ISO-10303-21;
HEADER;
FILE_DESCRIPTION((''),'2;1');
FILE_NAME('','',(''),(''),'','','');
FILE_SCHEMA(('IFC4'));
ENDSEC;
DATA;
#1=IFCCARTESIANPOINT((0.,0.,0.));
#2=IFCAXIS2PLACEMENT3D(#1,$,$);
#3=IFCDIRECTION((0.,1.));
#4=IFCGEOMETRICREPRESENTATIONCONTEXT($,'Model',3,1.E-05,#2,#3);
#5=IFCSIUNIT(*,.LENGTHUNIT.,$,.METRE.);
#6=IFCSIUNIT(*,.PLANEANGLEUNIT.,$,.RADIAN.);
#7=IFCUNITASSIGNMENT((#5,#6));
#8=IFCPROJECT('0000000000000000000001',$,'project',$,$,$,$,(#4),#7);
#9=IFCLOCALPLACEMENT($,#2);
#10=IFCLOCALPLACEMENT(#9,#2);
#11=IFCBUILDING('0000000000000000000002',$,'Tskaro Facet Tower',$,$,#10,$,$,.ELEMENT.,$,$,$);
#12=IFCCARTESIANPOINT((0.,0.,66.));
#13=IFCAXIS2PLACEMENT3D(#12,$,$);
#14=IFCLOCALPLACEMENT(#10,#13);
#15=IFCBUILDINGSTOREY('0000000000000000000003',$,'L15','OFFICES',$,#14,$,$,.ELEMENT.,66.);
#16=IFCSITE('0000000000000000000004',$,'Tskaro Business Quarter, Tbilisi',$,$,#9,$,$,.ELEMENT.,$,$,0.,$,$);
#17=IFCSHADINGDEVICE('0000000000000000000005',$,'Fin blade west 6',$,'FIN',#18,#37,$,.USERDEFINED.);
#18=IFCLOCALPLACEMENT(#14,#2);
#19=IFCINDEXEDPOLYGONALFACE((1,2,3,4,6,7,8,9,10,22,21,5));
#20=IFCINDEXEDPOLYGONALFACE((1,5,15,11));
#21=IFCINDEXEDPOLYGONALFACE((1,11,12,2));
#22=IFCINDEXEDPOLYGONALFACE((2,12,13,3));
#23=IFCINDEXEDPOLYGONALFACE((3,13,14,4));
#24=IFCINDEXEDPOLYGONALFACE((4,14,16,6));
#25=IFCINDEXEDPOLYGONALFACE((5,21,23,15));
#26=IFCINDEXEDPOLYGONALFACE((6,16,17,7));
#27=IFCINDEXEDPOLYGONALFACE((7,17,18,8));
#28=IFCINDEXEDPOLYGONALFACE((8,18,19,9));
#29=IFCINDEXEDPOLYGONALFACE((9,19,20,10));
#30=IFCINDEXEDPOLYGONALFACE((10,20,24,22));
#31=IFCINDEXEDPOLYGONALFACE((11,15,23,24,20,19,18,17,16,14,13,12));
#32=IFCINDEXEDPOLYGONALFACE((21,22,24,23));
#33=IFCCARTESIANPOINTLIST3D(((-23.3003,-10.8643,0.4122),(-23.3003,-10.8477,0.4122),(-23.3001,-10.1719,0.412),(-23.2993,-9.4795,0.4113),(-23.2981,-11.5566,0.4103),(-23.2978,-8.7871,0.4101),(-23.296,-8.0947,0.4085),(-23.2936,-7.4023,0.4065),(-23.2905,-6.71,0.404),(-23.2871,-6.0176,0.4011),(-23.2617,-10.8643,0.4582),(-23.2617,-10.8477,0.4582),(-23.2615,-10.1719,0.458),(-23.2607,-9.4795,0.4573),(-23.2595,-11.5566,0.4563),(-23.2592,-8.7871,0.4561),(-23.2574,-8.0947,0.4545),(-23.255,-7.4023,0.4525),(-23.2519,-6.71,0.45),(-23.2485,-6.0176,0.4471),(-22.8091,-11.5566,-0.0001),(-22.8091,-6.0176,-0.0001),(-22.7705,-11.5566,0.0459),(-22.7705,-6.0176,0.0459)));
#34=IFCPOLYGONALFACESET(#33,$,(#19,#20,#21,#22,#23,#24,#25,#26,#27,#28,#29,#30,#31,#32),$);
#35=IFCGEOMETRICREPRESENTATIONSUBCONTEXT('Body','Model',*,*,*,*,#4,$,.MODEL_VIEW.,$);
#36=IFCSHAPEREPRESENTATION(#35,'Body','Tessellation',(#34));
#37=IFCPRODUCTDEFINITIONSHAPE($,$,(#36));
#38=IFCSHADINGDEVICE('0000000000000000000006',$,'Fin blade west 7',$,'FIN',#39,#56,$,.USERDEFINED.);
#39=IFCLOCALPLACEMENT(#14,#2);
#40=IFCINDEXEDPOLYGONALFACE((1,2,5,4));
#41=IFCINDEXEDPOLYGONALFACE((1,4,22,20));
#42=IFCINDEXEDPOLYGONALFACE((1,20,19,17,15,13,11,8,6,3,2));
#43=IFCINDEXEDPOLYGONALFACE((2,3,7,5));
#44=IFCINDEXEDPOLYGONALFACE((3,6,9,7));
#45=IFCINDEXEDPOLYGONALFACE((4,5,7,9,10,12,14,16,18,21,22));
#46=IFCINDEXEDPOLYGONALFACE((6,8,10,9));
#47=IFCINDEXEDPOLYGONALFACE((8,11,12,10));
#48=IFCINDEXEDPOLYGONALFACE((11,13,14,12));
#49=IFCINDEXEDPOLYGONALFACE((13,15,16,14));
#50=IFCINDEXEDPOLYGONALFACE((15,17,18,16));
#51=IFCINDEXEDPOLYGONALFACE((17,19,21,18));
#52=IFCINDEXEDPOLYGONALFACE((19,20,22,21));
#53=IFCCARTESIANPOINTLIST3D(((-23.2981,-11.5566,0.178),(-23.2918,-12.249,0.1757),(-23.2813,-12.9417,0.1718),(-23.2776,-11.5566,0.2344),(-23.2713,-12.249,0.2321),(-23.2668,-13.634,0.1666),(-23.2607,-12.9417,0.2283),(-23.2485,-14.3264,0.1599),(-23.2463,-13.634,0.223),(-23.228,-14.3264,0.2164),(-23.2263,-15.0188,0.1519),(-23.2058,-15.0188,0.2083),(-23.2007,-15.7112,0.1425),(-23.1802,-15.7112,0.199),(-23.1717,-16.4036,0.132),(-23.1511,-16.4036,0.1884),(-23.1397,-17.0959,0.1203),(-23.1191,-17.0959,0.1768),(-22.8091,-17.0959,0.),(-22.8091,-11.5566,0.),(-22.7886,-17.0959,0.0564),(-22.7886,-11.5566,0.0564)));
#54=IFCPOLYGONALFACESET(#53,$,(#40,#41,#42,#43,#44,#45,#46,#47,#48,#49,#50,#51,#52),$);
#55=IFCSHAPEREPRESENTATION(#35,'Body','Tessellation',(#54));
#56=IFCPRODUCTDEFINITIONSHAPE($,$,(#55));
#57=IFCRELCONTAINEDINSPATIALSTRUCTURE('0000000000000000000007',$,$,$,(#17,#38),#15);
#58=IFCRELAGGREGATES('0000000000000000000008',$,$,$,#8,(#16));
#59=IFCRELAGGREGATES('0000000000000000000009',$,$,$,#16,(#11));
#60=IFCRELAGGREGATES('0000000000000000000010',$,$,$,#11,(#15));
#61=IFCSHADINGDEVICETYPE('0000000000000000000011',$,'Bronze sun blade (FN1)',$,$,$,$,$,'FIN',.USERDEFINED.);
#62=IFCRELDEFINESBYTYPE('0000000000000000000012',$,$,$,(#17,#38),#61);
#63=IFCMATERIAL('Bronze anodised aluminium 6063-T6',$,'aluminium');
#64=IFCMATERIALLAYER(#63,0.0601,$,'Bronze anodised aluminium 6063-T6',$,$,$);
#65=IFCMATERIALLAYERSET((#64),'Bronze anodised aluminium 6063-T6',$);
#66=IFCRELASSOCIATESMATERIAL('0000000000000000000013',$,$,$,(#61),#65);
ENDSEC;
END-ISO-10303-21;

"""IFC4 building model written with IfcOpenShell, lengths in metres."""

from ifc_helpers import new_model, si_unit, direction, frame, origin, place, context, subcontext, project, spatial, polyline, outline, extrude, material, layer, layer_set, type_object, element, save


model = new_model("IFC4")

# Units and contexts
model_context = context("Model", 3, precision=1e-05, world=origin(), true_north=direction((0.0, 1.0)))
body_context = subcontext(model_context, "Body", "Model", "MODEL_VIEW")
ifc_project = project(units=[si_unit("LENGTHUNIT", "METRE"), si_unit("PLANEANGLEUNIT", "RADIAN")], contexts=[model_context])

# Site, building, storey
site_placement = place(None, origin())
site = spatial("IfcSite", under=ifc_project, at=site_placement, Name="Tskaro Business Quarter, Tbilisi", CompositionType="ELEMENT", RefElevation=0.0)
building_placement = place(site_placement, origin())
building = spatial("IfcBuilding", under=site, at=building_placement, Name="Tskaro Facet Tower", CompositionType="ELEMENT")
storey_placement = place(building_placement, frame((0.0, 0.0, 66.0)))
storey = spatial("IfcBuildingStorey", under=building, at=storey_placement, Name="L15", Description="OFFICES", CompositionType="ELEMENT", Elevation=66.0)

# Shared definitions
ifc_material_1 = material(Name="Bronze anodised aluminium 6063-T6", Category="aluminium")

# Shading devices
ifc_layer_1 = layer(ifc_material_1, 0.0601, Name="Bronze anodised aluminium 6063-T6")
ifc_layer_set_1 = layer_set([ifc_layer_1], Name="Bronze anodised aluminium 6063-T6")
shading_device_type = type_object("IfcShadingDeviceType", Name="Bronze sun blade (FN1)", ElementType="FIN", PredefinedType="USERDEFINED", material=ifc_layer_set_1)
shading_device_1_placement = place(storey_placement, frame((-22.7705, -6.0176, 0.0459), z_axis=(0.642901, 0.000004, 0.765949), x_axis=(0.000002, -1.0, 0.000003)))
element("IfcShadingDevice", 1, at=shading_device_1_placement, inside=storey, type_object=shading_device_type, Name="Fin blade west 6", ObjectType="FIN", PredefinedType="USERDEFINED", context=body_context, shape_type="SweptSolid", body=[
    extrude(outline(polyline([(0.0, 0.0), (5.5391, 0.0), (5.5391, -0.6384), (4.8467, -0.6413), (4.8301, -0.6413), (4.1543, -0.641), (3.4619, -0.64), (2.7695, -0.6381), (2.0771, -0.6356), (1.3848, -0.6325), (0.6924, -0.6285), (0.0, -0.624), (0.0, 0.0)])), origin(), (0.0, 0.0, -1.0), 0.0601),
])
shading_device_2_placement = place(storey_placement, frame((-22.7886, -11.5566, 0.0564), z_axis=(0.34206, 0.000005, 0.939678), x_axis=(0.000002, -1.0, 0.000005)))
element("IfcShadingDevice", 2, at=shading_device_2_placement, inside=storey, type_object=shading_device_type, Name="Fin blade west 7", ObjectType="FIN", PredefinedType="USERDEFINED", context=body_context, shape_type="SweptSolid", body=[
    extrude(outline(polyline([(0.0, 0.0), (5.5393, 0.0), (5.5393, -0.3518), (4.8469, -0.3859), (4.1545, -0.4167), (3.4622, -0.444), (2.7698, -0.4676), (2.0774, -0.4871), (1.385, -0.5025), (0.6924, -0.5137), (0.0, -0.5204), (0.0, 0.0)])), origin(), (0.0, 0.0, -1.0), 0.0601),
])

save(model, "model.ifc")
